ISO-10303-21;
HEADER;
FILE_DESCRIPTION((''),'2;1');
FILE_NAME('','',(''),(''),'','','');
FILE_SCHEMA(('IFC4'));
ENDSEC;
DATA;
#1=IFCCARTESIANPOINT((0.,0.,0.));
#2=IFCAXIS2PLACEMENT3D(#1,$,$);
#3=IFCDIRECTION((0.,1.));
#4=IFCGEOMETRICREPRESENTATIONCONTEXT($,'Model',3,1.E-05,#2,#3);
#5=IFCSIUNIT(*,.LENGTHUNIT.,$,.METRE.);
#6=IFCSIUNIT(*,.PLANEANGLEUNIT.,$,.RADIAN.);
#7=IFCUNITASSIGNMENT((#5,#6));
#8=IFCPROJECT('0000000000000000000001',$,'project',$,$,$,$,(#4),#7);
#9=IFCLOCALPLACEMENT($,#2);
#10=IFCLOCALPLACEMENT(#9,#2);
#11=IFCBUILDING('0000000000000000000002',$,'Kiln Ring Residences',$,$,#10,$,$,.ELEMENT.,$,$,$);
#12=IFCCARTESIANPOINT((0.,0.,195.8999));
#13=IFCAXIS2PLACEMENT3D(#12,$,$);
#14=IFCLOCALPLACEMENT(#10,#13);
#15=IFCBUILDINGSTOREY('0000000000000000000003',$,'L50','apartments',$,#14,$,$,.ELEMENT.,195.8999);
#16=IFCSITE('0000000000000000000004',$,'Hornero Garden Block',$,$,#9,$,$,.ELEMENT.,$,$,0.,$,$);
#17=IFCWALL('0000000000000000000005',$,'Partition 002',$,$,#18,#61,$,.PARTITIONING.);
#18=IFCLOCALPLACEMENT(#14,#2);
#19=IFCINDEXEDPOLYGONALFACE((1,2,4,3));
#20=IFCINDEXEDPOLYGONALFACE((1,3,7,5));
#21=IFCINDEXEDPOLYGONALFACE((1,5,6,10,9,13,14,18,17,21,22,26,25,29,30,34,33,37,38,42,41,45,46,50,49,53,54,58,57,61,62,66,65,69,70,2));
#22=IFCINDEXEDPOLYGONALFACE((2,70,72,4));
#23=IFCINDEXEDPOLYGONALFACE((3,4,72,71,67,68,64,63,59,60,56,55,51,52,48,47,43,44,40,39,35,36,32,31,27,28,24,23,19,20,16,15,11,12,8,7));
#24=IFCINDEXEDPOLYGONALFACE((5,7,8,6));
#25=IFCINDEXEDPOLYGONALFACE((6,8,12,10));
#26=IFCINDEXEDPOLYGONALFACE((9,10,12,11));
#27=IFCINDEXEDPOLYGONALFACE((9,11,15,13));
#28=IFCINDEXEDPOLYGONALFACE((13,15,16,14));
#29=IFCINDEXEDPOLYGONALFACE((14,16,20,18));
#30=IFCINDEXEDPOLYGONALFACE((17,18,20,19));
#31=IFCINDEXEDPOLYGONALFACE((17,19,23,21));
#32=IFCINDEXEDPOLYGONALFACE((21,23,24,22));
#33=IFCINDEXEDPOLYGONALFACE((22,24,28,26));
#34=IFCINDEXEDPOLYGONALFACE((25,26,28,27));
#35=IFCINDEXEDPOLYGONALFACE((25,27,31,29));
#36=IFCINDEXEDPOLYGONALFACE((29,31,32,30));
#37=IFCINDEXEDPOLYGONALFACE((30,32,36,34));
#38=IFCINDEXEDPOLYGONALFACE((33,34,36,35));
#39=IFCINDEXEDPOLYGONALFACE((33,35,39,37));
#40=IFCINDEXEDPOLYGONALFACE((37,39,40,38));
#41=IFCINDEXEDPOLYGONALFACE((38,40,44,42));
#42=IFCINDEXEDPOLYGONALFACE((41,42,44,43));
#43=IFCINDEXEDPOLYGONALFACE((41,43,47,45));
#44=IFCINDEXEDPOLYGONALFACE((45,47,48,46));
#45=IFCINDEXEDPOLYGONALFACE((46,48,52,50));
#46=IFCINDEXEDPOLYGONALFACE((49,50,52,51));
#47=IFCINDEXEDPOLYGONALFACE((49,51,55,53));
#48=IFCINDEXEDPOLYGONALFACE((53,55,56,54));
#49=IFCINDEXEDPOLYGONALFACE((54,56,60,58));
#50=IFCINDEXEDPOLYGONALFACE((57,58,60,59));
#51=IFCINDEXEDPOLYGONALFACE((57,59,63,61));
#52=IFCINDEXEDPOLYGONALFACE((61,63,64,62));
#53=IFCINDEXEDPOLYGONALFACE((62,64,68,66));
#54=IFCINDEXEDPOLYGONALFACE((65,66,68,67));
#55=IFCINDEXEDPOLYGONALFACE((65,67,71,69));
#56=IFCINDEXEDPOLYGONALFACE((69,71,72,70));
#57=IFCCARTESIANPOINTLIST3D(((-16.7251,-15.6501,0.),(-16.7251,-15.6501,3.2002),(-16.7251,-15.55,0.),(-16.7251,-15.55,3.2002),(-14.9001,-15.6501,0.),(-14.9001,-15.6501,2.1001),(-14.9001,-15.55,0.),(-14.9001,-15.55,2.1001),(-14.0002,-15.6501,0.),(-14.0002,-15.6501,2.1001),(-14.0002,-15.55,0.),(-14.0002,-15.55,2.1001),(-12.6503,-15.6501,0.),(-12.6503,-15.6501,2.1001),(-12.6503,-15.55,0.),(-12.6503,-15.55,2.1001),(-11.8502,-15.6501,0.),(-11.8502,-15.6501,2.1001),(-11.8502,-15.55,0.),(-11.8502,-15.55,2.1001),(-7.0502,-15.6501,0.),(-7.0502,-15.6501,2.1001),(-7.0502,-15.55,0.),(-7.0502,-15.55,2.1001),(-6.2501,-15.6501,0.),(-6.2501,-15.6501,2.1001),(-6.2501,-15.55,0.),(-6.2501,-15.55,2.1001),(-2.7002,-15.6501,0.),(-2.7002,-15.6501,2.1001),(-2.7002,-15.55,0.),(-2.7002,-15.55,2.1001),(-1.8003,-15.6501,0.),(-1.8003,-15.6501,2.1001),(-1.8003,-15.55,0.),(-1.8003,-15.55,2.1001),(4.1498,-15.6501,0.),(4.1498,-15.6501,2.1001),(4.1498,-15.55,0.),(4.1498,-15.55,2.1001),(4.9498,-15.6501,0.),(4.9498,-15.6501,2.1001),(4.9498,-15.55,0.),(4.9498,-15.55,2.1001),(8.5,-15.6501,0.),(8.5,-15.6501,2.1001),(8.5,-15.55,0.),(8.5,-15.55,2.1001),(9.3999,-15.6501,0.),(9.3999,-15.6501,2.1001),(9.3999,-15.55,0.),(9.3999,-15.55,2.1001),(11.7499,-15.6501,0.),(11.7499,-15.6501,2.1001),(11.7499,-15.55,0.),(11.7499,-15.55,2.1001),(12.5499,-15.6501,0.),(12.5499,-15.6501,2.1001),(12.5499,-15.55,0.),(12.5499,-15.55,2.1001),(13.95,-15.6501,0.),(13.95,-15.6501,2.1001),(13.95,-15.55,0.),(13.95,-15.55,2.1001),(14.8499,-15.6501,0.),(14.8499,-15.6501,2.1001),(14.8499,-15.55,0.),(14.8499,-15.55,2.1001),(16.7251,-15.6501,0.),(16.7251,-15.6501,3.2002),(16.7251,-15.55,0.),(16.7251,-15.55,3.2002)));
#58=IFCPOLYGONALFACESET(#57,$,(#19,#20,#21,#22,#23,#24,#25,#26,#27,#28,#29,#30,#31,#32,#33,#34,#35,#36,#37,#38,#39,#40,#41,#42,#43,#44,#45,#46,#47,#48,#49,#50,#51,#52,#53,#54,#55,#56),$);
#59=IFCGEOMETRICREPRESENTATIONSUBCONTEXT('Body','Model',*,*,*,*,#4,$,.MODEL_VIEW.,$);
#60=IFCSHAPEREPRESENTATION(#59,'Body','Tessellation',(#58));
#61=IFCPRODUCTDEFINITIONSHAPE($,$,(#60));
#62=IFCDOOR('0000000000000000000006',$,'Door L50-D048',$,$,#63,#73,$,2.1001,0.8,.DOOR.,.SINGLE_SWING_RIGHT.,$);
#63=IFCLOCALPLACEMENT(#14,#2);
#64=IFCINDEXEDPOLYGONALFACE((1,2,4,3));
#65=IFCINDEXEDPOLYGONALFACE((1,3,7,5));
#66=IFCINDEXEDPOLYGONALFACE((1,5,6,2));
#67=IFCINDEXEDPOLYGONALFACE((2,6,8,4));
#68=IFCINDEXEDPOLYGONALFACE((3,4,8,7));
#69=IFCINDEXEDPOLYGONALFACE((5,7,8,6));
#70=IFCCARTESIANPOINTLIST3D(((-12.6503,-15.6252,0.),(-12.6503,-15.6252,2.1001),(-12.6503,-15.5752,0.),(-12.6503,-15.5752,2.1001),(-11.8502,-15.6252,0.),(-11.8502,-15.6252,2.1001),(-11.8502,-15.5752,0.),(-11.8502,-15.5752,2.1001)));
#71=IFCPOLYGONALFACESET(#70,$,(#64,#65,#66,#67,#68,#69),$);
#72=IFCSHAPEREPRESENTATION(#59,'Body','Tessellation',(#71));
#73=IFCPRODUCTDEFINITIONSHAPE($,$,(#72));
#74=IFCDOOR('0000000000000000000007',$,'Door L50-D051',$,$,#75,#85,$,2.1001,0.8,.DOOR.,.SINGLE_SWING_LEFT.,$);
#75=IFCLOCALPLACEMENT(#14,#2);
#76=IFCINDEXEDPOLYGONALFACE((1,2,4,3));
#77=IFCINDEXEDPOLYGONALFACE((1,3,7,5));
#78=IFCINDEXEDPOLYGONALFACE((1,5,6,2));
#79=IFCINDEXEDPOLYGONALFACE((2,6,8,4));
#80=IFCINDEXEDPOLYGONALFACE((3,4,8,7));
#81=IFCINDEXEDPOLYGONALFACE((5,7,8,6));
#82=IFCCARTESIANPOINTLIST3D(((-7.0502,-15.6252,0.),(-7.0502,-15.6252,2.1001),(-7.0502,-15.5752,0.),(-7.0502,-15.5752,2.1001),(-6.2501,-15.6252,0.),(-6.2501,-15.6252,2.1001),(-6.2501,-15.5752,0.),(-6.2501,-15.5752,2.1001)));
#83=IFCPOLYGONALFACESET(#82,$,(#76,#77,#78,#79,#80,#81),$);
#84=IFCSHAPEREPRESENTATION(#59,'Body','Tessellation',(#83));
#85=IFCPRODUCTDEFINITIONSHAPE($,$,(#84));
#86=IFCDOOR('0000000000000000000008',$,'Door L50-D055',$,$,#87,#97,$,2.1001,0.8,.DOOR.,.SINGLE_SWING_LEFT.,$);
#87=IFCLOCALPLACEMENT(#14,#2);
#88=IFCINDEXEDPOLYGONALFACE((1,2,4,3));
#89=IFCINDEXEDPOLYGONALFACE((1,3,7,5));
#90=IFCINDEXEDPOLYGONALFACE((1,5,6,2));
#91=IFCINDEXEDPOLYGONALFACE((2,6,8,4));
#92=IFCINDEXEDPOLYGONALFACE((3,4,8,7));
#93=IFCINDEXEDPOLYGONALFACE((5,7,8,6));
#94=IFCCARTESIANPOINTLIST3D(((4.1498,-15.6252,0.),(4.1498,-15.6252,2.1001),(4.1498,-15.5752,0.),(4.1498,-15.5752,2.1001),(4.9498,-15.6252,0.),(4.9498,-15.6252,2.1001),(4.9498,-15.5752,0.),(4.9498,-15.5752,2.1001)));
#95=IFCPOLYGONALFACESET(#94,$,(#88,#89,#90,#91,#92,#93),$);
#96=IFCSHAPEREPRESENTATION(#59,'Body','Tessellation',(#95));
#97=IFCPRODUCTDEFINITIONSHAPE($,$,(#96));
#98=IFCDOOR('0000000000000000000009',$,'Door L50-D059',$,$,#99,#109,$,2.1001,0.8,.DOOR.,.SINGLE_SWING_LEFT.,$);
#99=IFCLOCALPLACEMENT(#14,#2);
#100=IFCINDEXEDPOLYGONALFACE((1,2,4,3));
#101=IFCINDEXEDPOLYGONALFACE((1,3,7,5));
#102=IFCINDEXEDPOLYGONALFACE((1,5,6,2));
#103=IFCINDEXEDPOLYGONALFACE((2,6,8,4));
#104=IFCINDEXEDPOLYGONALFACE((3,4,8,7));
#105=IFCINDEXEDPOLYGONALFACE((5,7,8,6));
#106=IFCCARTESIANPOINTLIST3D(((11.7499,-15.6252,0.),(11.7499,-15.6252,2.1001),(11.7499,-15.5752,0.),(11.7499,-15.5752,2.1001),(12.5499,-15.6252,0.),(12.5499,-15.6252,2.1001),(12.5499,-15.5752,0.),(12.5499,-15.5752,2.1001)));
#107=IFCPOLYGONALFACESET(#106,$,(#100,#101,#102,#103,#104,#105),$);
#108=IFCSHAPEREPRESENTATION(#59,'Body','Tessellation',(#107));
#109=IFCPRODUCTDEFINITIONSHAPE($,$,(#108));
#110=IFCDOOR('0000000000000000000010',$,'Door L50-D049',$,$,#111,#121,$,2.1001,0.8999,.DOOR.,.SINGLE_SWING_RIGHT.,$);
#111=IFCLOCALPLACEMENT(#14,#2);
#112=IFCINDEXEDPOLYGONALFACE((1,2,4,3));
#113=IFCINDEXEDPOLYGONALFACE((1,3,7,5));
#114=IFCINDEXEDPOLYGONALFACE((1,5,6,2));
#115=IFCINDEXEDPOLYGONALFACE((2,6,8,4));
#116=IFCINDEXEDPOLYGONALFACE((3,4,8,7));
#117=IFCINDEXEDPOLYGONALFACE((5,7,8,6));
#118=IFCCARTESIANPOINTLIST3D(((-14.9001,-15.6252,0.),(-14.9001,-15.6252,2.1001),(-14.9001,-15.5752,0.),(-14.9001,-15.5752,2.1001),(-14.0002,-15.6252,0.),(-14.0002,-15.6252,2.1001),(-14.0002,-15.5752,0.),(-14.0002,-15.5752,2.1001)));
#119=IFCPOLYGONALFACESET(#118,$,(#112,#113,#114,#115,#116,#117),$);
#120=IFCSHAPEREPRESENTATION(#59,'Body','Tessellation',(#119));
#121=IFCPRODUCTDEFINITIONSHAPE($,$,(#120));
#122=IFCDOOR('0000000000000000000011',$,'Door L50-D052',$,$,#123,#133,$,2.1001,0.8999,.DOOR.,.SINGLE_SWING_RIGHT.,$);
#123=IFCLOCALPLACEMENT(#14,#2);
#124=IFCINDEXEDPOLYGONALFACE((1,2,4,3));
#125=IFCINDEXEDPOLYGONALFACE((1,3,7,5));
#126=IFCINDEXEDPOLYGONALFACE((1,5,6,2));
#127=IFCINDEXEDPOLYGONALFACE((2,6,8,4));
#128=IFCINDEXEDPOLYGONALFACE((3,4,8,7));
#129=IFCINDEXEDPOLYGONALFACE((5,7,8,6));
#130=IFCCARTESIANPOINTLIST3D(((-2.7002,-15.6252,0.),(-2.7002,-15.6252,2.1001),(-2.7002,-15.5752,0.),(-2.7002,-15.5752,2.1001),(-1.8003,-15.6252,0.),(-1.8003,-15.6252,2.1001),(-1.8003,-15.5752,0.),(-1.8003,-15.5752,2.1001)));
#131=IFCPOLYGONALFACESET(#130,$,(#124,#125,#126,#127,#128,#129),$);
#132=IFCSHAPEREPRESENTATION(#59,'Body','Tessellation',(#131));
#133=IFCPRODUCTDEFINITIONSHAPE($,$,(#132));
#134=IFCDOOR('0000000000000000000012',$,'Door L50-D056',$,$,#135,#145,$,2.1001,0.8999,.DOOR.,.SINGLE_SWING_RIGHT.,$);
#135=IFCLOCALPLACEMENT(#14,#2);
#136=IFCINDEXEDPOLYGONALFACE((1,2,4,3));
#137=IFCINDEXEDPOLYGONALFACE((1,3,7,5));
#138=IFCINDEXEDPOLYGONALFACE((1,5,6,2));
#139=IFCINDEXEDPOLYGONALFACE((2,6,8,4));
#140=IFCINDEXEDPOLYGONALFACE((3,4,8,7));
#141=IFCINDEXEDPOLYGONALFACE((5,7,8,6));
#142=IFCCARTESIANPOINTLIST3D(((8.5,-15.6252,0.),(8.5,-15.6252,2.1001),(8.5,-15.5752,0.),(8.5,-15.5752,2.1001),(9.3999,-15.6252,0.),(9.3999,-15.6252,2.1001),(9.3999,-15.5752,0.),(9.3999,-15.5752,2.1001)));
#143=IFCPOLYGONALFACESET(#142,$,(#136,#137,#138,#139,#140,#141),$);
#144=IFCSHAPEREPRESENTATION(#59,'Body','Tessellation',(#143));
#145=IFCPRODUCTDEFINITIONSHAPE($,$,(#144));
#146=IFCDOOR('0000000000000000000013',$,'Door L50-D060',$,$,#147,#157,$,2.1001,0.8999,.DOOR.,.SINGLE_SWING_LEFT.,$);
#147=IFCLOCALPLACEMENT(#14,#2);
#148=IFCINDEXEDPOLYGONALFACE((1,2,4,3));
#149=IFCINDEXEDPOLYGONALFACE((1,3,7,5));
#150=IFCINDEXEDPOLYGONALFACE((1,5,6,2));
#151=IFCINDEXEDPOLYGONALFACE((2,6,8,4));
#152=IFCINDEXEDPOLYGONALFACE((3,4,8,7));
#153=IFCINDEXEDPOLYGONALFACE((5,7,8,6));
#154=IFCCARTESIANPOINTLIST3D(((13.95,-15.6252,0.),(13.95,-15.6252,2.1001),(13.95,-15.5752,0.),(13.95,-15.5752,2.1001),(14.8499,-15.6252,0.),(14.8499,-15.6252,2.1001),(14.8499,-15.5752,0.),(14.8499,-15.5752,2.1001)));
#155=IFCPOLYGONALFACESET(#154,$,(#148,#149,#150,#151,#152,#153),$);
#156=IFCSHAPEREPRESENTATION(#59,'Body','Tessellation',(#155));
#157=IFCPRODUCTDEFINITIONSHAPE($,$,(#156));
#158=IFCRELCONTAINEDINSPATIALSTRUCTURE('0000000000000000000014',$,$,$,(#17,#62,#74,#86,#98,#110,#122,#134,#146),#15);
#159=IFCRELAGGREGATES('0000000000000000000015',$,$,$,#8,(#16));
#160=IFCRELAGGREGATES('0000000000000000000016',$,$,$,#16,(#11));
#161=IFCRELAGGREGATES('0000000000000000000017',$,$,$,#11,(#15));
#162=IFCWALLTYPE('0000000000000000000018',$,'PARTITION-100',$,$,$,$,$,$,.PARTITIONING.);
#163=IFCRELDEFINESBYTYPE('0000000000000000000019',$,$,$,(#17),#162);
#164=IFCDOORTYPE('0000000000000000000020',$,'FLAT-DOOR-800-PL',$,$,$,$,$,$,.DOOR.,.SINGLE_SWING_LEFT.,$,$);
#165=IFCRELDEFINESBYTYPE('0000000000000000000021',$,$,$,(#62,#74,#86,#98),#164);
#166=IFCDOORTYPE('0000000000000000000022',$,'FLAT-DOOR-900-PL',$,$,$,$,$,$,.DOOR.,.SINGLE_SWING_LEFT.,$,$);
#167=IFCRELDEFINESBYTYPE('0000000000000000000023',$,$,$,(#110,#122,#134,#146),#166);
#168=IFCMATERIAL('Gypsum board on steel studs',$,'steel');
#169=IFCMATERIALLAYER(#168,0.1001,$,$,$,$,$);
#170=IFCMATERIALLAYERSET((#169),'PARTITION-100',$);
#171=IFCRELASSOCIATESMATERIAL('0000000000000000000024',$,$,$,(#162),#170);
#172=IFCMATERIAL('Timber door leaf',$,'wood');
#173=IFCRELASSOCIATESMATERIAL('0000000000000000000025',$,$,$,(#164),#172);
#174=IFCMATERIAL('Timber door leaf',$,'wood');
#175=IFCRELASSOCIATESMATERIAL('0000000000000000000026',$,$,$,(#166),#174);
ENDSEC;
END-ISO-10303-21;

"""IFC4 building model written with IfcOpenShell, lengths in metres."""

from ifc_helpers import new_model, si_unit, direction, frame, frame_2d, origin, place, context, subcontext, project, spatial, rectangle, extrude, material, layer, layer_set, type_object, element, fill, save


model = new_model("IFC4")

# Units and contexts
model_context = context("Model", 3, precision=1e-05, world=origin(), true_north=direction((0.0, 1.0)))
body_context = subcontext(model_context, "Body", "Model", "MODEL_VIEW")
ifc_project = project(units=[si_unit("LENGTHUNIT", "METRE"), si_unit("PLANEANGLEUNIT", "RADIAN")], contexts=[model_context])

# Site, building, storey
site_placement = place(None, origin())
site = spatial("IfcSite", under=ifc_project, at=site_placement, Name="Hornero Garden Block", CompositionType="ELEMENT", RefElevation=0.0)
building_placement = place(site_placement, origin())
building = spatial("IfcBuilding", under=site, at=building_placement, Name="Kiln Ring Residences", CompositionType="ELEMENT")
storey_placement = place(building_placement, frame((0.0, 0.0, 195.8999)))
storey = spatial("IfcBuildingStorey", under=building, at=storey_placement, Name="L50", Description="apartments", CompositionType="ELEMENT", Elevation=195.8999)

# Wall, openings, doors
ifc_material_1 = material(Name="Gypsum board on steel studs", Category="steel")
ifc_layer_1 = layer(ifc_material_1, 0.1001)
ifc_layer_set_1 = layer_set([ifc_layer_1], Name="PARTITION-100")
wall_type_1 = type_object("IfcWallType", Name="PARTITION-100", PredefinedType="PARTITIONING", material=ifc_layer_set_1)
wall_1_placement = place(storey_placement, frame((-16.7251, -15.6001, 0.0), z_axis=(0.0, 0.0, 1.0), x_axis=(1.0, 0.0, 0.0)))
wall_1 = element("IfcWall", 1, at=wall_1_placement, inside=storey, type_object=wall_type_1, Name="Partition 002", PredefinedType="PARTITIONING", context=body_context, shape_type="SweptSolid", body=[
    extrude(rectangle(XDim=33.4502, YDim=0.1001, at=frame_2d((16.7251, 0.0))), origin(), (0.0, 0.0, 1.0), 3.2002),
])
opening_1_placement = place(wall_1_placement, frame((4.075, 0.0, 0.0)))
opening_1 = element("IfcOpeningElement", 2, at=opening_1_placement, cuts=wall_1, PredefinedType="OPENING", context=body_context, shape_type="SweptSolid", body=[
    extrude(rectangle(XDim=0.8, YDim=2.1001, at=frame_2d((0.3999, 1.05))), frame((0.0, 0.0601, 0.0), z_axis=(0.0, -1.0, 0.0), x_axis=(1.0, 0.0, 0.0)), (0.0, 0.0, 1.0), 0.1201),
])
opening_2_placement = place(wall_1_placement, frame((1.825, 0.0, 0.0)))
opening_2 = element("IfcOpeningElement", 3, at=opening_2_placement, cuts=wall_1, PredefinedType="OPENING", context=body_context, shape_type="SweptSolid", body=[
    extrude(rectangle(XDim=0.8999, YDim=2.1001, at=frame_2d((0.45, 1.05))), frame((0.0, 0.0601, 0.0), z_axis=(0.0, -1.0, 0.0), x_axis=(1.0, 0.0, 0.0)), (0.0, 0.0, 1.0), 0.1201),
])
opening_3_placement = place(wall_1_placement, frame((9.675, 0.0, 0.0)))
opening_3 = element("IfcOpeningElement", 4, at=opening_3_placement, cuts=wall_1, PredefinedType="OPENING", context=body_context, shape_type="SweptSolid", body=[
    extrude(rectangle(XDim=0.8, YDim=2.1001, at=frame_2d((0.3999, 1.05))), frame((0.0, 0.0601, 0.0), z_axis=(0.0, -1.0, 0.0), x_axis=(1.0, 0.0, 0.0)), (0.0, 0.0, 1.0), 0.1201),
])
opening_4_placement = place(wall_1_placement, frame((14.0249, 0.0, 0.0)))
opening_4 = element("IfcOpeningElement", 5, at=opening_4_placement, cuts=wall_1, PredefinedType="OPENING", context=body_context, shape_type="SweptSolid", body=[
    extrude(rectangle(XDim=0.8999, YDim=2.1001, at=frame_2d((0.45, 1.05))), frame((0.0, 0.0601, 0.0), z_axis=(0.0, -1.0, 0.0), x_axis=(1.0, 0.0, 0.0)), (0.0, 0.0, 1.0), 0.1201),
])
opening_5_placement = place(wall_1_placement, frame((20.875, 0.0, 0.0)))
opening_5 = element("IfcOpeningElement", 6, at=opening_5_placement, cuts=wall_1, PredefinedType="OPENING", context=body_context, shape_type="SweptSolid", body=[
    extrude(rectangle(XDim=0.8, YDim=2.1001, at=frame_2d((0.3999, 1.05))), frame((0.0, 0.0601, 0.0), z_axis=(0.0, -1.0, 0.0), x_axis=(1.0, 0.0, 0.0)), (0.0, 0.0, 1.0), 0.1201),
])
opening_6_placement = place(wall_1_placement, frame((25.2251, 0.0, 0.0)))
opening_6 = element("IfcOpeningElement", 7, at=opening_6_placement, cuts=wall_1, PredefinedType="OPENING", context=body_context, shape_type="SweptSolid", body=[
    extrude(rectangle(XDim=0.8999, YDim=2.1001, at=frame_2d((0.45, 1.05))), frame((0.0, 0.0601, 0.0), z_axis=(0.0, -1.0, 0.0), x_axis=(1.0, 0.0, 0.0)), (0.0, 0.0, 1.0), 0.1201),
])
opening_7_placement = place(wall_1_placement, frame((28.4751, 0.0, 0.0)))
opening_7 = element("IfcOpeningElement", 8, at=opening_7_placement, cuts=wall_1, PredefinedType="OPENING", context=body_context, shape_type="SweptSolid", body=[
    extrude(rectangle(XDim=0.8, YDim=2.1001, at=frame_2d((0.3999, 1.05))), frame((0.0, 0.0601, 0.0), z_axis=(0.0, -1.0, 0.0), x_axis=(1.0, 0.0, 0.0)), (0.0, 0.0, 1.0), 0.1201),
])
opening_8_placement = place(wall_1_placement, frame((30.675, 0.0, 0.0)))
opening_8 = element("IfcOpeningElement", 9, at=opening_8_placement, cuts=wall_1, PredefinedType="OPENING", context=body_context, shape_type="SweptSolid", body=[
    extrude(rectangle(XDim=0.8999, YDim=2.1001, at=frame_2d((0.45, 1.05))), frame((0.0, 0.0601, 0.0), z_axis=(0.0, -1.0, 0.0), x_axis=(1.0, 0.0, 0.0)), (0.0, 0.0, 1.0), 0.1201),
])
ifc_material_2 = material(Name="Timber door leaf", Category="wood")
door_type_1 = type_object("IfcDoorType", Name="FLAT-DOOR-800-PL", OperationType="SINGLE_SWING_LEFT", PredefinedType="DOOR", material=ifc_material_2)
door_1_placement = place(opening_1_placement, origin())
door_1 = element("IfcDoor", 10, at=door_1_placement, inside=storey, type_object=door_type_1, Name="Door L50-D048", OperationType="SINGLE_SWING_RIGHT", OverallHeight=2.1001, OverallWidth=0.8, PredefinedType="DOOR", context=body_context, shape_type="SweptSolid", body=[
    extrude(rectangle(XDim=0.8, YDim=2.1001, at=frame_2d((0.3999, 1.05))), frame((0.0, 0.0249, 0.0), z_axis=(0.0, -1.0, 0.0), x_axis=(1.0, 0.0, 0.0)), (0.0, 0.0, 1.0), 0.05),
])
fill(opening_1, door_1)
door_2_placement = place(opening_3_placement, origin())
door_2 = element("IfcDoor", 11, at=door_2_placement, inside=storey, type_object=door_type_1, Name="Door L50-D051", OperationType="SINGLE_SWING_LEFT", OverallHeight=2.1001, OverallWidth=0.8, PredefinedType="DOOR", context=body_context, shape_type="SweptSolid", body=[
    extrude(rectangle(XDim=0.8, YDim=2.1001, at=frame_2d((0.3999, 1.05))), frame((0.0, 0.0249, 0.0), z_axis=(0.0, -1.0, 0.0), x_axis=(1.0, 0.0, 0.0)), (0.0, 0.0, 1.0), 0.05),
])
fill(opening_3, door_2)
door_3_placement = place(opening_5_placement, origin())
door_3 = element("IfcDoor", 12, at=door_3_placement, inside=storey, type_object=door_type_1, Name="Door L50-D055", OperationType="SINGLE_SWING_LEFT", OverallHeight=2.1001, OverallWidth=0.8, PredefinedType="DOOR", context=body_context, shape_type="SweptSolid", body=[
    extrude(rectangle(XDim=0.8, YDim=2.1001, at=frame_2d((0.3999, 1.05))), frame((0.0, 0.0249, 0.0), z_axis=(0.0, -1.0, 0.0), x_axis=(1.0, 0.0, 0.0)), (0.0, 0.0, 1.0), 0.05),
])
fill(opening_5, door_3)
door_4_placement = place(opening_7_placement, origin())
door_4 = element("IfcDoor", 13, at=door_4_placement, inside=storey, type_object=door_type_1, Name="Door L50-D059", OperationType="SINGLE_SWING_LEFT", OverallHeight=2.1001, OverallWidth=0.8, PredefinedType="DOOR", context=body_context, shape_type="SweptSolid", body=[
    extrude(rectangle(XDim=0.8, YDim=2.1001, at=frame_2d((0.3999, 1.05))), frame((0.0, 0.0249, 0.0), z_axis=(0.0, -1.0, 0.0), x_axis=(1.0, 0.0, 0.0)), (0.0, 0.0, 1.0), 0.05),
])
fill(opening_7, door_4)
ifc_material_3 = material(Name="Timber door leaf", Category="wood")
door_type_2 = type_object("IfcDoorType", Name="FLAT-DOOR-900-PL", OperationType="SINGLE_SWING_LEFT", PredefinedType="DOOR", material=ifc_material_3)
door_5_placement = place(opening_2_placement, origin())
door_5 = element("IfcDoor", 14, at=door_5_placement, inside=storey, type_object=door_type_2, Name="Door L50-D049", OperationType="SINGLE_SWING_RIGHT", OverallHeight=2.1001, OverallWidth=0.8999, PredefinedType="DOOR", context=body_context, shape_type="SweptSolid", body=[
    extrude(rectangle(XDim=0.8999, YDim=2.1001, at=frame_2d((0.45, 1.05))), frame((0.0, 0.0249, 0.0), z_axis=(0.0, -1.0, 0.0), x_axis=(1.0, 0.0, 0.0)), (0.0, 0.0, 1.0), 0.05),
])
fill(opening_2, door_5)
door_6_placement = place(opening_4_placement, origin())
door_6 = element("IfcDoor", 15, at=door_6_placement, inside=storey, type_object=door_type_2, Name="Door L50-D052", OperationType="SINGLE_SWING_RIGHT", OverallHeight=2.1001, OverallWidth=0.8999, PredefinedType="DOOR", context=body_context, shape_type="SweptSolid", body=[
    extrude(rectangle(XDim=0.8999, YDim=2.1001, at=frame_2d((0.45, 1.05))), frame((0.0, 0.0249, 0.0), z_axis=(0.0, -1.0, 0.0), x_axis=(1.0, 0.0, 0.0)), (0.0, 0.0, 1.0), 0.05),
])
fill(opening_4, door_6)
door_7_placement = place(opening_6_placement, origin())
door_7 = element("IfcDoor", 16, at=door_7_placement, inside=storey, type_object=door_type_2, Name="Door L50-D056", OperationType="SINGLE_SWING_RIGHT", OverallHeight=2.1001, OverallWidth=0.8999, PredefinedType="DOOR", context=body_context, shape_type="SweptSolid", body=[
    extrude(rectangle(XDim=0.8999, YDim=2.1001, at=frame_2d((0.45, 1.05))), frame((0.0, 0.0249, 0.0), z_axis=(0.0, -1.0, 0.0), x_axis=(1.0, 0.0, 0.0)), (0.0, 0.0, 1.0), 0.05),
])
fill(opening_6, door_7)
door_8_placement = place(opening_8_placement, origin())
door_8 = element("IfcDoor", 17, at=door_8_placement, inside=storey, type_object=door_type_2, Name="Door L50-D060", OperationType="SINGLE_SWING_LEFT", OverallHeight=2.1001, OverallWidth=0.8999, PredefinedType="DOOR", context=body_context, shape_type="SweptSolid", body=[
    extrude(rectangle(XDim=0.8999, YDim=2.1001, at=frame_2d((0.45, 1.05))), frame((0.0, 0.0249, 0.0), z_axis=(0.0, -1.0, 0.0), x_axis=(1.0, 0.0, 0.0)), (0.0, 0.0, 1.0), 0.05),
])
fill(opening_8, door_8)

save(model, "model.ifc")
